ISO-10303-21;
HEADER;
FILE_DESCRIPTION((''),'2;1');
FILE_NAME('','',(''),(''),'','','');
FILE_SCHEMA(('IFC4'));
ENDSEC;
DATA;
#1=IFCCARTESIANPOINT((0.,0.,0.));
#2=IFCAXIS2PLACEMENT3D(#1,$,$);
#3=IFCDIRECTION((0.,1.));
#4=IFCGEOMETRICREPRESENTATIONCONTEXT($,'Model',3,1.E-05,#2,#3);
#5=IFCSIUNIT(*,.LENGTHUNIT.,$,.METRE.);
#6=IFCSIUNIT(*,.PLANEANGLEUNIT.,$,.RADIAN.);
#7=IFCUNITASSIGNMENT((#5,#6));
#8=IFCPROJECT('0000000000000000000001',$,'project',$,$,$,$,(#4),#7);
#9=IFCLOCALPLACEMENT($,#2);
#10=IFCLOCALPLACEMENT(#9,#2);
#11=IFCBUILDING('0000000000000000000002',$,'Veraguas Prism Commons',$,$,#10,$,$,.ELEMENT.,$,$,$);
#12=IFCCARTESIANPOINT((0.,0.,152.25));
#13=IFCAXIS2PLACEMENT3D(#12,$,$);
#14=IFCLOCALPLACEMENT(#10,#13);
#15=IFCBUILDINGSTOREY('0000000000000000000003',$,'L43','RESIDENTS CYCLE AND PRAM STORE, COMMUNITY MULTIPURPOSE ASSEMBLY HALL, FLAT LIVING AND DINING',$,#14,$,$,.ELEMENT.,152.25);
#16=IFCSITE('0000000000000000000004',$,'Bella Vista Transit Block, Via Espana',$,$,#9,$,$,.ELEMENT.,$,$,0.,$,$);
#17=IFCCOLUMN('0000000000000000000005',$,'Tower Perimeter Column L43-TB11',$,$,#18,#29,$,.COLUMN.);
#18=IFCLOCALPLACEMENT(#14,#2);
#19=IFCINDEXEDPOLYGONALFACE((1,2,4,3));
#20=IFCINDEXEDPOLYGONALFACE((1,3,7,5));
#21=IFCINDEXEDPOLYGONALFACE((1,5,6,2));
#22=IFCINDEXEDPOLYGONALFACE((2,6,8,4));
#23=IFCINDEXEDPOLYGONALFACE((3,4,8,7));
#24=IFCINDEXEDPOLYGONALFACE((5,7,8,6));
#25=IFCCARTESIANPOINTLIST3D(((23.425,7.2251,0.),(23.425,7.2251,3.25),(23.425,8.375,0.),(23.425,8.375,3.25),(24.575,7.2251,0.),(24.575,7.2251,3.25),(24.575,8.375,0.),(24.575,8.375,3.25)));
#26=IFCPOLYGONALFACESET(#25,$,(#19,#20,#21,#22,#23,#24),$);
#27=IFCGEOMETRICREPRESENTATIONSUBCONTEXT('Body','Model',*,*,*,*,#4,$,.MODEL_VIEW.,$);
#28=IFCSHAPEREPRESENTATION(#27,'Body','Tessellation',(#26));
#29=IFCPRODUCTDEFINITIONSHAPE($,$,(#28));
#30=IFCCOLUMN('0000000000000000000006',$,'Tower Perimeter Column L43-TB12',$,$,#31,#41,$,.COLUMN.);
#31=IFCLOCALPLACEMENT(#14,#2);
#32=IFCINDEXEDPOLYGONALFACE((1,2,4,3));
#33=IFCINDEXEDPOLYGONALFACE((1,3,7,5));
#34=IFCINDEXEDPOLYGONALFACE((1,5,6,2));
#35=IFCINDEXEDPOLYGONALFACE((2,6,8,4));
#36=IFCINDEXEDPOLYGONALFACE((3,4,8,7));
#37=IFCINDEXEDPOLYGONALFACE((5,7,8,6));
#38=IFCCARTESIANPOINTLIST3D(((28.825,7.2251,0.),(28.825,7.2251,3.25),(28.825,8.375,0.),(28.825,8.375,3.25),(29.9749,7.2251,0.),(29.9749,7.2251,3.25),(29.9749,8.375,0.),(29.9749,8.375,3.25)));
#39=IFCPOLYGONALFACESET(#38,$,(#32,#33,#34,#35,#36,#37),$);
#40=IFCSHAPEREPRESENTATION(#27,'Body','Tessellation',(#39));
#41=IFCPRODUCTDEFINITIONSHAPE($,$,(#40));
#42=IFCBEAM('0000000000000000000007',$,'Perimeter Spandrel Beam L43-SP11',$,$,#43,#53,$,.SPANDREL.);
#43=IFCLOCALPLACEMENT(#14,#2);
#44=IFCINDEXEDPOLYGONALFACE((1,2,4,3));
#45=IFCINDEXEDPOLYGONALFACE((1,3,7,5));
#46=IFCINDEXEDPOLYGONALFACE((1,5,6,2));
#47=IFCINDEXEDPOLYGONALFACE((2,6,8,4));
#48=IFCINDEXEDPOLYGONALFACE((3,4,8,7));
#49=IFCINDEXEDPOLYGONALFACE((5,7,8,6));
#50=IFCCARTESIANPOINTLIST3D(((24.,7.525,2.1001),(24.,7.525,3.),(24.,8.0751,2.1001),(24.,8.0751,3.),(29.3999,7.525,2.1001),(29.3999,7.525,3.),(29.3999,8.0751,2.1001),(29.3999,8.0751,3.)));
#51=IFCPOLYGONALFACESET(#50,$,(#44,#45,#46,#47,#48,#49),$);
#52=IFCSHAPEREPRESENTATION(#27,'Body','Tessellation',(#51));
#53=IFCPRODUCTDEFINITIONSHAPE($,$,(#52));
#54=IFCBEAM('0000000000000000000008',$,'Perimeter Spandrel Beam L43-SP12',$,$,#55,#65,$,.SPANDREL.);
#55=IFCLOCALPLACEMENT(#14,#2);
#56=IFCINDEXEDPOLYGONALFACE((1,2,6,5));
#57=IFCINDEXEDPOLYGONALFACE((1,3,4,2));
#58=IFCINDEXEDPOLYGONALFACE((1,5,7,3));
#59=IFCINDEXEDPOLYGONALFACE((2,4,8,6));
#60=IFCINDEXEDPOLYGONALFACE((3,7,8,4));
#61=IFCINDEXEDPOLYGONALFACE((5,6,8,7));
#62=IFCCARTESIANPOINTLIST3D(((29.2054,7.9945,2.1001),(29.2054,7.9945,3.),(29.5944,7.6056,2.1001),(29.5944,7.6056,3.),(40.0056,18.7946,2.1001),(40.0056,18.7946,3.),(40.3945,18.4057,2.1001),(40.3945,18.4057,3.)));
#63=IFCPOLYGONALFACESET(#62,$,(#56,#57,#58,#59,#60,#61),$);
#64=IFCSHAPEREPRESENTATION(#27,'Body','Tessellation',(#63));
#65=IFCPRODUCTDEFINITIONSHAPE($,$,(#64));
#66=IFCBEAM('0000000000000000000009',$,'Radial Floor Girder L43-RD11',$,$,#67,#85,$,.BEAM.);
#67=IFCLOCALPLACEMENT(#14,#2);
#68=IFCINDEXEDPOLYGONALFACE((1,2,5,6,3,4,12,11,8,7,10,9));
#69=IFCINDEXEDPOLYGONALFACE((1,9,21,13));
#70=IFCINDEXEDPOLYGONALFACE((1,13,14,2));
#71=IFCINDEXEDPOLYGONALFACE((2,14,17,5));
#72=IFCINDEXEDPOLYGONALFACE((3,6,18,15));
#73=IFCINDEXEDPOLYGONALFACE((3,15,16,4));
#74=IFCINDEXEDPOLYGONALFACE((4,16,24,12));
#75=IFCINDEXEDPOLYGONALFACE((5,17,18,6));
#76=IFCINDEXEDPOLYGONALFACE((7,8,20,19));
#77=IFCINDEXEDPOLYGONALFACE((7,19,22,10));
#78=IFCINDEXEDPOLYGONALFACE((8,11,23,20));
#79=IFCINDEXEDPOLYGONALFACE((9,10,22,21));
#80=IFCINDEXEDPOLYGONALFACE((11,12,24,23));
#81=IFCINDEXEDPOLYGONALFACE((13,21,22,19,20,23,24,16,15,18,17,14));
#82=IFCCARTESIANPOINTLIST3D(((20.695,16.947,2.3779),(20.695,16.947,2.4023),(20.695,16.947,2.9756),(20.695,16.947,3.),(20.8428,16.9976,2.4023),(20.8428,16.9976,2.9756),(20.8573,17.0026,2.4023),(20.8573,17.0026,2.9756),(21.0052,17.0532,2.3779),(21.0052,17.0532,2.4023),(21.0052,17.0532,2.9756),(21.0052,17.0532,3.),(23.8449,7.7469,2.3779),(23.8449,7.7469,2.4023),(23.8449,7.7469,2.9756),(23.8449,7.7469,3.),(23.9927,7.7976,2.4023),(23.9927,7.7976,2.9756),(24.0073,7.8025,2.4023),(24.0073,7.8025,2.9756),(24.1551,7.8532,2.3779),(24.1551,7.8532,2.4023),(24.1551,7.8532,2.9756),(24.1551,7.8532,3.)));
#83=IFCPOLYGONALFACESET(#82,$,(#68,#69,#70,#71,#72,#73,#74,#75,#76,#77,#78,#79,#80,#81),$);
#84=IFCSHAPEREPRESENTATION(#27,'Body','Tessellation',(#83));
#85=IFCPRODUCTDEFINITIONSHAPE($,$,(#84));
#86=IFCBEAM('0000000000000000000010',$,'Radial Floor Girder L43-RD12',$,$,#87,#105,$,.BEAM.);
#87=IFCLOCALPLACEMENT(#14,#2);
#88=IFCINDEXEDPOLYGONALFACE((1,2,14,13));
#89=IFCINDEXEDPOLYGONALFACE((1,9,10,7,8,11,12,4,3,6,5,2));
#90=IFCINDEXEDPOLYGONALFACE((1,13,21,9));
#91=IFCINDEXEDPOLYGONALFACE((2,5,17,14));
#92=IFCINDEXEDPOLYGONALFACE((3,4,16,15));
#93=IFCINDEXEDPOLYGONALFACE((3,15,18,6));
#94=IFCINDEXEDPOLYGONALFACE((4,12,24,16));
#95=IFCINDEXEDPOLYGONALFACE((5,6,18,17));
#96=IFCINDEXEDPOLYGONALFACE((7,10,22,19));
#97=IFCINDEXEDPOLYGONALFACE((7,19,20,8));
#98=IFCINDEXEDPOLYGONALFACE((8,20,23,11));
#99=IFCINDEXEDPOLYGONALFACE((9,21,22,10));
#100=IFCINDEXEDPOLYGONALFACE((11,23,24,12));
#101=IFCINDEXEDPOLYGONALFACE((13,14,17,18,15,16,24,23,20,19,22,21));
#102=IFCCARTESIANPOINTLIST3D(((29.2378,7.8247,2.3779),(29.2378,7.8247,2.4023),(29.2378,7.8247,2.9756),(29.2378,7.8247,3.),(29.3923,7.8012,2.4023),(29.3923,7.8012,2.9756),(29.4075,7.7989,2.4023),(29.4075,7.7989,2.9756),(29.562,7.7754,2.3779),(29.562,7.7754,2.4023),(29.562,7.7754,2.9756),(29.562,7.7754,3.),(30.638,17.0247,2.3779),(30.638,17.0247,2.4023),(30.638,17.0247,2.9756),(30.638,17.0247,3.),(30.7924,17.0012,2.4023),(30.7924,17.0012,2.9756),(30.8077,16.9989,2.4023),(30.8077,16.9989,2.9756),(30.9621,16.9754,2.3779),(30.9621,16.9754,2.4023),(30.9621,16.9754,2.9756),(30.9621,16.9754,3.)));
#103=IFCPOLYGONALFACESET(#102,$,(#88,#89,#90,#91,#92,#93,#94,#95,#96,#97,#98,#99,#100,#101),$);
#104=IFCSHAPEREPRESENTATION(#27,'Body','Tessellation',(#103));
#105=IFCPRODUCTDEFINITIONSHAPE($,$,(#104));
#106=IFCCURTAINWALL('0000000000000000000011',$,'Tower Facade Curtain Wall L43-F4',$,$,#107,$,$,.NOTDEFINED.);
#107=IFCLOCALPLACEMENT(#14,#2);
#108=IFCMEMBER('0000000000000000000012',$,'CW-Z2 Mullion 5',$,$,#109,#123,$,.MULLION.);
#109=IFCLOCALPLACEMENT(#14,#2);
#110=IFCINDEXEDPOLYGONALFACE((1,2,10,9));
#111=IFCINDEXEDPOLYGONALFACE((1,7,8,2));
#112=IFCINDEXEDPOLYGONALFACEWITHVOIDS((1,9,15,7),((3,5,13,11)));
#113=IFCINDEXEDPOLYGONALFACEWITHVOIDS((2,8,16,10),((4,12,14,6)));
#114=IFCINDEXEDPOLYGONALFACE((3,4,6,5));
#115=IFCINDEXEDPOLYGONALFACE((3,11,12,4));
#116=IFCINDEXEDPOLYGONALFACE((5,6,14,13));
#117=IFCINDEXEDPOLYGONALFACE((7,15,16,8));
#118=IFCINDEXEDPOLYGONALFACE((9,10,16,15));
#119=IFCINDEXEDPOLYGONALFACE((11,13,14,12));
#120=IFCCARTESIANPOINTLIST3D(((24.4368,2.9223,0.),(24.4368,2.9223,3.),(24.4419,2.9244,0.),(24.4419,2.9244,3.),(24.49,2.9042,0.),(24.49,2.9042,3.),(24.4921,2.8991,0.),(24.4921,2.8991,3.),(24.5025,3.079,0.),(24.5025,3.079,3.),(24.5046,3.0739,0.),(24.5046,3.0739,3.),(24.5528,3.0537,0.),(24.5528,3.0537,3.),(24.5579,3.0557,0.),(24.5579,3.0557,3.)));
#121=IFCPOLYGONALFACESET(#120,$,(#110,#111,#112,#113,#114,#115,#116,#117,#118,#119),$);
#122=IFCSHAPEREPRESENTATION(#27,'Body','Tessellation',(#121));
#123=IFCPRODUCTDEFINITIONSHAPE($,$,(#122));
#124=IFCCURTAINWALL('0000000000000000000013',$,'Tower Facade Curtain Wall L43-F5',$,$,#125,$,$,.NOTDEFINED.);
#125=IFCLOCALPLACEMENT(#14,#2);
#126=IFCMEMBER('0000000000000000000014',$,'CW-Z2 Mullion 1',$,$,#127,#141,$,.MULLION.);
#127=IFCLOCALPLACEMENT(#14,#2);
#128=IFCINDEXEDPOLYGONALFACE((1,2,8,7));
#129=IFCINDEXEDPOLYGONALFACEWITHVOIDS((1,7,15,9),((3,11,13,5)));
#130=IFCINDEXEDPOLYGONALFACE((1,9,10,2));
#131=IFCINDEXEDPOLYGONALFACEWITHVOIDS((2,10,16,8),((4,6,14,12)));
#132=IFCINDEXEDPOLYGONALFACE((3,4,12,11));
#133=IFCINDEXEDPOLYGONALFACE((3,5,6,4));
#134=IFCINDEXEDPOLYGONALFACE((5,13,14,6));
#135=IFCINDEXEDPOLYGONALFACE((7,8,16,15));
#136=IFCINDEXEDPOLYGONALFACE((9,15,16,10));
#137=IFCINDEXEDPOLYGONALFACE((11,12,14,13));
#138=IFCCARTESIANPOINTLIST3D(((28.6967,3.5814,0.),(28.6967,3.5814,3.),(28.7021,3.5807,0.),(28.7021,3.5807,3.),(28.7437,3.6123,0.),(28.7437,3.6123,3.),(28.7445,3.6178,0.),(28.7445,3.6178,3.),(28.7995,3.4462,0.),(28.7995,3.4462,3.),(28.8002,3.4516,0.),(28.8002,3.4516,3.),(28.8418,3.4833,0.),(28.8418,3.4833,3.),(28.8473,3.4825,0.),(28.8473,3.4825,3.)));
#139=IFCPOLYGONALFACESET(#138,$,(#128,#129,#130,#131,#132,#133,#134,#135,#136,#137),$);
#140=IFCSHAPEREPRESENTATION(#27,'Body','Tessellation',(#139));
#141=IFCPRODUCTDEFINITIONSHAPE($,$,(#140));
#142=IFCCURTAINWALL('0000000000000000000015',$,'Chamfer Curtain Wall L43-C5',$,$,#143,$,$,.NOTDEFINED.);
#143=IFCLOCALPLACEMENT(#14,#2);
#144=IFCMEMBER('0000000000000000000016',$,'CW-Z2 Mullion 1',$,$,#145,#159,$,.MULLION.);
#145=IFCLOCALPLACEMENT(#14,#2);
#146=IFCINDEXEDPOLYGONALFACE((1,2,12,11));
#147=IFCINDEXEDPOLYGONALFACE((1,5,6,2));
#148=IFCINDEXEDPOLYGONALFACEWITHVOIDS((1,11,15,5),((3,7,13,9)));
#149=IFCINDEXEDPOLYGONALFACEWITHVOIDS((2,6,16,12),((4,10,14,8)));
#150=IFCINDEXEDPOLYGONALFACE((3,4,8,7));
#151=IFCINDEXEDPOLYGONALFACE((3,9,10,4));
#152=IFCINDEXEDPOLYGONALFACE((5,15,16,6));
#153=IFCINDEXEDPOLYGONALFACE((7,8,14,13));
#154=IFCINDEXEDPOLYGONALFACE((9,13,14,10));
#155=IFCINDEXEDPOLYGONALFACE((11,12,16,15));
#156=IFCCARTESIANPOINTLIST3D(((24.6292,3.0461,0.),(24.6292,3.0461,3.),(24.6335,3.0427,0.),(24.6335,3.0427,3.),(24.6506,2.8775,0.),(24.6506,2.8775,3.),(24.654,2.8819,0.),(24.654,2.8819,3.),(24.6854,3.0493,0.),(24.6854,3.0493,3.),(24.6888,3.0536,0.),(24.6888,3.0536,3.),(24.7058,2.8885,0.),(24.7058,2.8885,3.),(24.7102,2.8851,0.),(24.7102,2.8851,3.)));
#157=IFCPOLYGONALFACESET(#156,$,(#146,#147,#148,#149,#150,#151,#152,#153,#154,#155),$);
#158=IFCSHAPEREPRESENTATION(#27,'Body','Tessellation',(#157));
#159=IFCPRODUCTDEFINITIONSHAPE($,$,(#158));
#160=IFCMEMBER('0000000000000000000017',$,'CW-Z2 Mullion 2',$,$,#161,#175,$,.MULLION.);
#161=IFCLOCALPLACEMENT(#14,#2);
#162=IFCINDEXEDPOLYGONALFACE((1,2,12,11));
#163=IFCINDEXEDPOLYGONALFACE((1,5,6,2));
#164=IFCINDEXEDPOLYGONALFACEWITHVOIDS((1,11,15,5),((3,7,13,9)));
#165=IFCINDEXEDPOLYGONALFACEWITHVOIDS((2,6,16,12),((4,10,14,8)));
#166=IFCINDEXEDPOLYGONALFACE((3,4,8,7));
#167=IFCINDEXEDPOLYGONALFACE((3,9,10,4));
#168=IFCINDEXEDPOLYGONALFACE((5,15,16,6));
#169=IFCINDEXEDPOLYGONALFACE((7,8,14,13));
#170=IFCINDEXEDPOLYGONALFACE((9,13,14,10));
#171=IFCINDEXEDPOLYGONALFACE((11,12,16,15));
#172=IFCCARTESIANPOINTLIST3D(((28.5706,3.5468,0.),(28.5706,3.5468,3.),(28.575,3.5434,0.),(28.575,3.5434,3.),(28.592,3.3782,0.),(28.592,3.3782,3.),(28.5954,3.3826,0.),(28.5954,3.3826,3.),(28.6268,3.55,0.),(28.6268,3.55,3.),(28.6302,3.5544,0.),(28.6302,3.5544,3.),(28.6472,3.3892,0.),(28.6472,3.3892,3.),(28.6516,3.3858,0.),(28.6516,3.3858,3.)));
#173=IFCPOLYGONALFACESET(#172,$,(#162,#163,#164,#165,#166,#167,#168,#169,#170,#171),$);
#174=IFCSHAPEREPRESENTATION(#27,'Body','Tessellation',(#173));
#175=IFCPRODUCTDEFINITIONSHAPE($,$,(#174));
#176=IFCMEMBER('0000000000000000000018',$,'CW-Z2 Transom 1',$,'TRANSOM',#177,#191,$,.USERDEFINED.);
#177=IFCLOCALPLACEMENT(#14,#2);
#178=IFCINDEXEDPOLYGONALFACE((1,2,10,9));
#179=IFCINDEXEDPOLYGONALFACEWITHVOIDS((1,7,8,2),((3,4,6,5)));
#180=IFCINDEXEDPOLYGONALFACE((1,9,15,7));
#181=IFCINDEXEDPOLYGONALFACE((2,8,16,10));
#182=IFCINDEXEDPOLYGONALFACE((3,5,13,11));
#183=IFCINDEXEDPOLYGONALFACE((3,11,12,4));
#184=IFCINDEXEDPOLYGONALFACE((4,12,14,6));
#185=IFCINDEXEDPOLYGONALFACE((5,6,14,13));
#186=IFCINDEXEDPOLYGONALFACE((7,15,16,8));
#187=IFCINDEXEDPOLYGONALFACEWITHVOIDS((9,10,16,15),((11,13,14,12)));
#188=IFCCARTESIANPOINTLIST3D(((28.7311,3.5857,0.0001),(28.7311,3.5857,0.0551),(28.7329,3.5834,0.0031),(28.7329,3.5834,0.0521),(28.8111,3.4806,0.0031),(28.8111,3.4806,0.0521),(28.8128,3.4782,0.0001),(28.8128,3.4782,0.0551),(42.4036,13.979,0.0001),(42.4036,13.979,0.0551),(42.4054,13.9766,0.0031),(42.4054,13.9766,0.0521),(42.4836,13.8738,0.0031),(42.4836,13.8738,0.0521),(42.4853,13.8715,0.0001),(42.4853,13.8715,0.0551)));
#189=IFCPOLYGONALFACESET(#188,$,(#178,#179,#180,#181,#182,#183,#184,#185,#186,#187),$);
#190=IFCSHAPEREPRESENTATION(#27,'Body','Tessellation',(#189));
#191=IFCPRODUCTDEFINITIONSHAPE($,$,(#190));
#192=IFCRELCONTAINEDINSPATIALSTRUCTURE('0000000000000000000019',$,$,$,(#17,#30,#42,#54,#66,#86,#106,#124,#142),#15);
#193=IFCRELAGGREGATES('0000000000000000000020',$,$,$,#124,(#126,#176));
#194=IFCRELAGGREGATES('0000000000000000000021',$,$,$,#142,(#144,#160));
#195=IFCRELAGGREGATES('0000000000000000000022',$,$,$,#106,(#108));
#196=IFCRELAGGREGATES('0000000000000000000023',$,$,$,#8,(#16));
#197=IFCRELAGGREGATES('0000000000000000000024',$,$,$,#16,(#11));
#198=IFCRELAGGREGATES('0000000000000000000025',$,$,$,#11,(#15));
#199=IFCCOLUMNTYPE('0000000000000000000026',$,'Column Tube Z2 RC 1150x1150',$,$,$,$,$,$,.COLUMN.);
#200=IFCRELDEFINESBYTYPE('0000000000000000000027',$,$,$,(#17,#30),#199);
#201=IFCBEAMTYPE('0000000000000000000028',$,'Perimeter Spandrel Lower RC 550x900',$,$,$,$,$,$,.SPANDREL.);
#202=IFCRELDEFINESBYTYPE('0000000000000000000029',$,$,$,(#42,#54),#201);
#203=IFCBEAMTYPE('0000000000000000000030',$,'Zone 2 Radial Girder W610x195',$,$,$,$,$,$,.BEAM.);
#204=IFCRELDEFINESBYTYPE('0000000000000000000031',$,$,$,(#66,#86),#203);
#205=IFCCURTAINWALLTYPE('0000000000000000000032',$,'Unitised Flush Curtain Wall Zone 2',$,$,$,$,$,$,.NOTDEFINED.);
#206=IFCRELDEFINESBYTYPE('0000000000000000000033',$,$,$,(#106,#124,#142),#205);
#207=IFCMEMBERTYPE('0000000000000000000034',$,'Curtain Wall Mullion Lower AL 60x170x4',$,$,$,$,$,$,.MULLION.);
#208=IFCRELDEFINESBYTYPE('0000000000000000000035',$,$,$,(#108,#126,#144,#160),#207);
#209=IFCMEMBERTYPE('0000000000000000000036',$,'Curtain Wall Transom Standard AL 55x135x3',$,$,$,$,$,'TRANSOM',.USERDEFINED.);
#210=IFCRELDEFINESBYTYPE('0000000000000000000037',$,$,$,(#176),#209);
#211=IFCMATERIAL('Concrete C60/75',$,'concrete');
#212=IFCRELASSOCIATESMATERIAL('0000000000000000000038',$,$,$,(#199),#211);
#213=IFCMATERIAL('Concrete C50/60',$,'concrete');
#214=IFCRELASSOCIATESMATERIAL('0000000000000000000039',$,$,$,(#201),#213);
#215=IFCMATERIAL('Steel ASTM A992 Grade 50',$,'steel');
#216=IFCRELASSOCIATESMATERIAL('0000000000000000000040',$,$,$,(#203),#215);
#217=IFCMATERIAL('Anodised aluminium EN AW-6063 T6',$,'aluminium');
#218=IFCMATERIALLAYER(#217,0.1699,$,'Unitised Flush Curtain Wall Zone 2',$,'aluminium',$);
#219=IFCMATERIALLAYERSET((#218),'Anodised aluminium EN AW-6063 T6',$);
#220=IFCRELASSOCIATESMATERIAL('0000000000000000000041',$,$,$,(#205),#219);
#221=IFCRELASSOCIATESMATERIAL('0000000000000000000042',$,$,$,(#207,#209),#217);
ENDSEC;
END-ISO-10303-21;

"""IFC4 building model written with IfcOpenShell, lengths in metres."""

from ifc_helpers import new_model, si_unit, direction, frame, origin, origin_2d, place, context, subcontext, project, spatial, rectangle, hollow_rectangle, i_section, extrude, source, transform, mapped, material, layer, layer_set, material_profile, profile_set, type_object, element, aggregate, save


model = new_model("IFC4")

# Units and contexts
model_context = context("Model", 3, precision=1e-05, world=origin(), true_north=direction((0.0, 1.0)))
body_context = subcontext(model_context, "Body", "Model", "MODEL_VIEW")
ifc_project = project(units=[si_unit("LENGTHUNIT", "METRE"), si_unit("PLANEANGLEUNIT", "RADIAN")], contexts=[model_context])

# Site, building, storey
site_placement = place(None, origin())
site = spatial("IfcSite", under=ifc_project, at=site_placement, Name="Bella Vista Transit Block, Via Espana", CompositionType="ELEMENT", RefElevation=0.0)
building_placement = place(site_placement, origin())
building = spatial("IfcBuilding", under=site, at=building_placement, Name="Veraguas Prism Commons", CompositionType="ELEMENT")
storey_placement = place(building_placement, frame((0.0, 0.0, 152.25)))
storey = spatial("IfcBuildingStorey", under=building, at=storey_placement, Name="L43", Description="RESIDENTS CYCLE AND PRAM STORE, COMMUNITY MULTIPURPOSE ASSEMBLY HALL, FLAT LIVING AND DINING", CompositionType="ELEMENT", Elevation=152.25)

# Columns
ifc_material_1 = material(Name="Concrete C60/75", Category="concrete")
ifc_material_profile_1 = material_profile(ifc_material_1, rectangle(XDim=1.1499, YDim=1.1499, at=origin_2d()), Name="RC1150X1150")
ifc_profile_set_1 = profile_set([ifc_material_profile_1], Name="Concrete C60/75")
column_type = type_object("IfcColumnType", Name="Column Tube Z2 RC 1150x1150", PredefinedType="COLUMN", material=ifc_profile_set_1)
for number, where, z_axis, x_axis, name in (
    (1, (24.0, 7.8, 0.0), (0.0, 0.0, 1.0), (1.0, 0.0, 0.0), "Tower Perimeter Column L43-TB11"),
    (2, (29.3999, 7.8, 0.0), (0.0, 0.0, 1.0), (1.0, 0.0, 0.0), "Tower Perimeter Column L43-TB12"),
):
    element("IfcColumn", number, at=place(storey_placement, frame(where, z_axis=z_axis, x_axis=x_axis)), inside=storey, type_object=column_type, Name=name, PredefinedType="COLUMN", context=body_context, shape_type="SweptSolid", body=[
        extrude(rectangle(XDim=1.1499, YDim=1.1499, at=origin_2d()), origin(), (0.0, 0.0, 1.0), 3.25),
    ])

# Beams
ifc_material_2 = material(Name="Concrete C50/60", Category="concrete")
ifc_material_profile_2 = material_profile(ifc_material_2, rectangle(XDim=0.55, YDim=0.8999, at=origin_2d()), Name="RC550X900")
ifc_profile_set_2 = profile_set([ifc_material_profile_2], Name="Concrete C50/60")
beam_type_1 = type_object("IfcBeamType", Name="Perimeter Spandrel Lower RC 550x900", PredefinedType="SPANDREL", material=ifc_profile_set_2)
beam_1_placement = place(storey_placement, frame((24.0, 7.8, 2.55), z_axis=(1.0, 0.0, 0.0), x_axis=(0.0, 1.0, 0.0)))
element("IfcBeam", 3, at=beam_1_placement, inside=storey, type_object=beam_type_1, Name="Perimeter Spandrel Beam L43-SP11", PredefinedType="SPANDREL", context=body_context, shape_type="SweptSolid", body=[
    extrude(rectangle(XDim=0.55, YDim=0.8999, at=origin_2d()), origin(), (0.0, 0.0, 1.0), 5.3999),
])
beam_2_placement = place(storey_placement, frame((29.3999, 7.8, 2.55), z_axis=(0.707107, 0.707107, 0.0), x_axis=(-0.707107, 0.707107, 0.0)))
element("IfcBeam", 4, at=beam_2_placement, inside=storey, type_object=beam_type_1, Name="Perimeter Spandrel Beam L43-SP12", PredefinedType="SPANDREL", context=body_context, shape_type="SweptSolid", body=[
    extrude(rectangle(XDim=0.55, YDim=0.8999, at=origin_2d()), origin(), (0.0, 0.0, 1.0), 15.2737),
])
ifc_material_3 = material(Name="Steel ASTM A992 Grade 50", Category="steel")
ifc_material_profile_3 = material_profile(ifc_material_3, i_section(OverallWidth=0.3279, OverallDepth=0.6221, WebThickness=0.0154, FlangeThickness=0.0244, at=origin_2d()), Name="W610X195")
ifc_profile_set_3 = profile_set([ifc_material_profile_3], Name="Steel ASTM A992 Grade 50")
beam_type_2 = type_object("IfcBeamType", Name="Zone 2 Radial Girder W610x195", PredefinedType="BEAM", material=ifc_profile_set_3)
beam_3_placement = place(storey_placement, frame((24.0, 7.8, 2.689), z_axis=(-0.323922, 0.946084, 0.0), x_axis=(-0.946084, -0.323922, 0.0)))
element("IfcBeam", 5, at=beam_3_placement, inside=storey, type_object=beam_type_2, Name="Radial Floor Girder L43-RD11", PredefinedType="BEAM", context=body_context, shape_type="SweptSolid", body=[
    extrude(i_section(OverallWidth=0.3279, OverallDepth=0.6221, WebThickness=0.0154, FlangeThickness=0.0244, at=origin_2d()), origin(), (0.0, 0.0, 1.0), 9.7244),
])
beam_4_placement = place(storey_placement, frame((29.3999, 7.8, 2.689), z_axis=(0.150458, 0.988616, 0.0), x_axis=(-0.988616, 0.150458, 0.0)))
element("IfcBeam", 6, at=beam_4_placement, inside=storey, type_object=beam_type_2, Name="Radial Floor Girder L43-RD12", PredefinedType="BEAM", context=body_context, shape_type="SweptSolid", body=[
    extrude(i_section(OverallWidth=0.3279, OverallDepth=0.6221, WebThickness=0.0154, FlangeThickness=0.0244, at=origin_2d()), origin(), (0.0, 0.0, 1.0), 9.3059),
])

# Curtain walls, members
ifc_material_4 = material(Name="Anodised aluminium EN AW-6063 T6", Category="aluminium")
ifc_layer_1 = layer(ifc_material_4, 0.1699, Name="Unitised Flush Curtain Wall Zone 2", Category="aluminium")
ifc_layer_set_1 = layer_set([ifc_layer_1], Name="Anodised aluminium EN AW-6063 T6")
curtain_wall_type = type_object("IfcCurtainWallType", Name="Unitised Flush Curtain Wall Zone 2", PredefinedType="NOTDEFINED", material=ifc_layer_set_1)
curtain_wall_1_placement = place(storey_placement, origin())
curtain_wall_1 = element("IfcCurtainWall", 7, at=curtain_wall_1_placement, inside=storey, type_object=curtain_wall_type, Name="Tower Facade Curtain Wall L43-F4", PredefinedType="NOTDEFINED")
ifc_material_profile_4 = material_profile(ifc_material_4, hollow_rectangle(XDim=0.0601, YDim=0.1699, WallThickness=0.0039, at=origin_2d()), Name="AL60X170X4")
ifc_profile_set_4 = profile_set([ifc_material_profile_4], Name="Anodised aluminium EN AW-6063 T6")
member_type_1 = type_object("IfcMemberType", Name="Curtain Wall Mullion Lower AL 60x170x4", PredefinedType="MULLION", material=ifc_profile_set_4)
shared_shape_1 = source(origin(), body_context, "Body", "SweptSolid", [
    extrude(hollow_rectangle(XDim=0.0601, YDim=0.1699, WallThickness=0.0039, at=origin_2d()), origin(), (0.0, 0.0, 1.0), 3.0),
])
member_1_placement = place(storey_placement, frame((24.4973, 2.989, 0.0), z_axis=(0.0, 0.0, 1.0), x_axis=(0.922132, -0.386875, 0.0)))
member_1 = element("IfcMember", 8, at=member_1_placement, type_object=member_type_1, Name="CW-Z2 Mullion 5", PredefinedType="MULLION", context=body_context, shape_type="MappedRepresentation", body=[
    mapped(shared_shape_1, transform((0.0, 0.0, 0.0), scale=1.0)),
])
curtain_wall_2_placement = place(storey_placement, origin())
curtain_wall_2 = element("IfcCurtainWall", 9, at=curtain_wall_2_placement, inside=storey, type_object=curtain_wall_type, Name="Tower Facade Curtain Wall L43-F5", PredefinedType="NOTDEFINED")
member_2_placement = place(storey_placement, frame((28.772, 3.532, 0.0), z_axis=(0.0, 0.0, 1.0), x_axis=(0.796104, 0.605159, 0.0)))
member_2 = element("IfcMember", 10, at=member_2_placement, type_object=member_type_1, Name="CW-Z2 Mullion 1", PredefinedType="MULLION", context=body_context, shape_type="MappedRepresentation", body=[
    mapped(shared_shape_1, transform((0.0, 0.0, 0.0), scale=1.0)),
])

# Curtain wall, members
curtain_wall_3_placement = place(storey_placement, origin())
curtain_wall_3 = element("IfcCurtainWall", 11, at=curtain_wall_3_placement, inside=storey, type_object=curtain_wall_type, Name="Chamfer Curtain Wall L43-C5", PredefinedType="NOTDEFINED")
member_3_placement = place(storey_placement, frame((24.6697, 2.9656, 0.0), z_axis=(0.0, 0.0, 1.0), x_axis=(0.99203, 0.126005, 0.0)))
member_3 = element("IfcMember", 12, at=member_3_placement, type_object=member_type_1, Name="CW-Z2 Mullion 1", PredefinedType="MULLION", context=body_context, shape_type="MappedRepresentation", body=[
    mapped(shared_shape_1, transform((0.0, 0.0, 0.0), scale=1.0)),
])
member_4_placement = place(storey_placement, frame((28.6111, 3.4663, 0.0), z_axis=(0.0, 0.0, 1.0), x_axis=(0.99203, 0.126005, 0.0)))
member_4 = element("IfcMember", 13, at=member_4_placement, type_object=member_type_1, Name="CW-Z2 Mullion 2", PredefinedType="MULLION", context=body_context, shape_type="MappedRepresentation", body=[
    mapped(shared_shape_1, transform((0.0, 0.0, 0.0), scale=1.0)),
])

# Member
ifc_material_profile_5 = material_profile(ifc_material_4, hollow_rectangle(XDim=0.0549, YDim=0.135, WallThickness=0.0029, at=origin_2d()), Name="AL55X135X3")
ifc_profile_set_5 = profile_set([ifc_material_profile_5], Name="Anodised aluminium EN AW-6063 T6")
member_type_2 = type_object("IfcMemberType", Name="Curtain Wall Transom Standard AL 55x135x3", ElementType="TRANSOM", PredefinedType="USERDEFINED", material=ifc_profile_set_5)
shared_shape_2 = source(origin(), body_context, "Body", "SweptSolid", [
    extrude(hollow_rectangle(XDim=0.0549, YDim=0.135, WallThickness=0.0029, at=origin_2d()), origin(), (0.0, 0.0, 1.0), 17.1743),
])
member_5_placement = place(storey_placement, frame((28.772, 3.532, 0.0276), z_axis=(0.796102, 0.605162, 0.0), x_axis=(0.0, 0.0, 1.0)))
member_5 = element("IfcMember", 14, at=member_5_placement, type_object=member_type_2, Name="CW-Z2 Transom 1", ObjectType="TRANSOM", PredefinedType="USERDEFINED", context=body_context, shape_type="MappedRepresentation", body=[
    mapped(shared_shape_2, transform((0.0, 0.0, 0.0), scale=1.0)),
])

aggregate(curtain_wall_2, [member_2, member_5])
aggregate(curtain_wall_3, [member_3, member_4])
aggregate(curtain_wall_1, [member_1])

save(model, "model.ifc")
